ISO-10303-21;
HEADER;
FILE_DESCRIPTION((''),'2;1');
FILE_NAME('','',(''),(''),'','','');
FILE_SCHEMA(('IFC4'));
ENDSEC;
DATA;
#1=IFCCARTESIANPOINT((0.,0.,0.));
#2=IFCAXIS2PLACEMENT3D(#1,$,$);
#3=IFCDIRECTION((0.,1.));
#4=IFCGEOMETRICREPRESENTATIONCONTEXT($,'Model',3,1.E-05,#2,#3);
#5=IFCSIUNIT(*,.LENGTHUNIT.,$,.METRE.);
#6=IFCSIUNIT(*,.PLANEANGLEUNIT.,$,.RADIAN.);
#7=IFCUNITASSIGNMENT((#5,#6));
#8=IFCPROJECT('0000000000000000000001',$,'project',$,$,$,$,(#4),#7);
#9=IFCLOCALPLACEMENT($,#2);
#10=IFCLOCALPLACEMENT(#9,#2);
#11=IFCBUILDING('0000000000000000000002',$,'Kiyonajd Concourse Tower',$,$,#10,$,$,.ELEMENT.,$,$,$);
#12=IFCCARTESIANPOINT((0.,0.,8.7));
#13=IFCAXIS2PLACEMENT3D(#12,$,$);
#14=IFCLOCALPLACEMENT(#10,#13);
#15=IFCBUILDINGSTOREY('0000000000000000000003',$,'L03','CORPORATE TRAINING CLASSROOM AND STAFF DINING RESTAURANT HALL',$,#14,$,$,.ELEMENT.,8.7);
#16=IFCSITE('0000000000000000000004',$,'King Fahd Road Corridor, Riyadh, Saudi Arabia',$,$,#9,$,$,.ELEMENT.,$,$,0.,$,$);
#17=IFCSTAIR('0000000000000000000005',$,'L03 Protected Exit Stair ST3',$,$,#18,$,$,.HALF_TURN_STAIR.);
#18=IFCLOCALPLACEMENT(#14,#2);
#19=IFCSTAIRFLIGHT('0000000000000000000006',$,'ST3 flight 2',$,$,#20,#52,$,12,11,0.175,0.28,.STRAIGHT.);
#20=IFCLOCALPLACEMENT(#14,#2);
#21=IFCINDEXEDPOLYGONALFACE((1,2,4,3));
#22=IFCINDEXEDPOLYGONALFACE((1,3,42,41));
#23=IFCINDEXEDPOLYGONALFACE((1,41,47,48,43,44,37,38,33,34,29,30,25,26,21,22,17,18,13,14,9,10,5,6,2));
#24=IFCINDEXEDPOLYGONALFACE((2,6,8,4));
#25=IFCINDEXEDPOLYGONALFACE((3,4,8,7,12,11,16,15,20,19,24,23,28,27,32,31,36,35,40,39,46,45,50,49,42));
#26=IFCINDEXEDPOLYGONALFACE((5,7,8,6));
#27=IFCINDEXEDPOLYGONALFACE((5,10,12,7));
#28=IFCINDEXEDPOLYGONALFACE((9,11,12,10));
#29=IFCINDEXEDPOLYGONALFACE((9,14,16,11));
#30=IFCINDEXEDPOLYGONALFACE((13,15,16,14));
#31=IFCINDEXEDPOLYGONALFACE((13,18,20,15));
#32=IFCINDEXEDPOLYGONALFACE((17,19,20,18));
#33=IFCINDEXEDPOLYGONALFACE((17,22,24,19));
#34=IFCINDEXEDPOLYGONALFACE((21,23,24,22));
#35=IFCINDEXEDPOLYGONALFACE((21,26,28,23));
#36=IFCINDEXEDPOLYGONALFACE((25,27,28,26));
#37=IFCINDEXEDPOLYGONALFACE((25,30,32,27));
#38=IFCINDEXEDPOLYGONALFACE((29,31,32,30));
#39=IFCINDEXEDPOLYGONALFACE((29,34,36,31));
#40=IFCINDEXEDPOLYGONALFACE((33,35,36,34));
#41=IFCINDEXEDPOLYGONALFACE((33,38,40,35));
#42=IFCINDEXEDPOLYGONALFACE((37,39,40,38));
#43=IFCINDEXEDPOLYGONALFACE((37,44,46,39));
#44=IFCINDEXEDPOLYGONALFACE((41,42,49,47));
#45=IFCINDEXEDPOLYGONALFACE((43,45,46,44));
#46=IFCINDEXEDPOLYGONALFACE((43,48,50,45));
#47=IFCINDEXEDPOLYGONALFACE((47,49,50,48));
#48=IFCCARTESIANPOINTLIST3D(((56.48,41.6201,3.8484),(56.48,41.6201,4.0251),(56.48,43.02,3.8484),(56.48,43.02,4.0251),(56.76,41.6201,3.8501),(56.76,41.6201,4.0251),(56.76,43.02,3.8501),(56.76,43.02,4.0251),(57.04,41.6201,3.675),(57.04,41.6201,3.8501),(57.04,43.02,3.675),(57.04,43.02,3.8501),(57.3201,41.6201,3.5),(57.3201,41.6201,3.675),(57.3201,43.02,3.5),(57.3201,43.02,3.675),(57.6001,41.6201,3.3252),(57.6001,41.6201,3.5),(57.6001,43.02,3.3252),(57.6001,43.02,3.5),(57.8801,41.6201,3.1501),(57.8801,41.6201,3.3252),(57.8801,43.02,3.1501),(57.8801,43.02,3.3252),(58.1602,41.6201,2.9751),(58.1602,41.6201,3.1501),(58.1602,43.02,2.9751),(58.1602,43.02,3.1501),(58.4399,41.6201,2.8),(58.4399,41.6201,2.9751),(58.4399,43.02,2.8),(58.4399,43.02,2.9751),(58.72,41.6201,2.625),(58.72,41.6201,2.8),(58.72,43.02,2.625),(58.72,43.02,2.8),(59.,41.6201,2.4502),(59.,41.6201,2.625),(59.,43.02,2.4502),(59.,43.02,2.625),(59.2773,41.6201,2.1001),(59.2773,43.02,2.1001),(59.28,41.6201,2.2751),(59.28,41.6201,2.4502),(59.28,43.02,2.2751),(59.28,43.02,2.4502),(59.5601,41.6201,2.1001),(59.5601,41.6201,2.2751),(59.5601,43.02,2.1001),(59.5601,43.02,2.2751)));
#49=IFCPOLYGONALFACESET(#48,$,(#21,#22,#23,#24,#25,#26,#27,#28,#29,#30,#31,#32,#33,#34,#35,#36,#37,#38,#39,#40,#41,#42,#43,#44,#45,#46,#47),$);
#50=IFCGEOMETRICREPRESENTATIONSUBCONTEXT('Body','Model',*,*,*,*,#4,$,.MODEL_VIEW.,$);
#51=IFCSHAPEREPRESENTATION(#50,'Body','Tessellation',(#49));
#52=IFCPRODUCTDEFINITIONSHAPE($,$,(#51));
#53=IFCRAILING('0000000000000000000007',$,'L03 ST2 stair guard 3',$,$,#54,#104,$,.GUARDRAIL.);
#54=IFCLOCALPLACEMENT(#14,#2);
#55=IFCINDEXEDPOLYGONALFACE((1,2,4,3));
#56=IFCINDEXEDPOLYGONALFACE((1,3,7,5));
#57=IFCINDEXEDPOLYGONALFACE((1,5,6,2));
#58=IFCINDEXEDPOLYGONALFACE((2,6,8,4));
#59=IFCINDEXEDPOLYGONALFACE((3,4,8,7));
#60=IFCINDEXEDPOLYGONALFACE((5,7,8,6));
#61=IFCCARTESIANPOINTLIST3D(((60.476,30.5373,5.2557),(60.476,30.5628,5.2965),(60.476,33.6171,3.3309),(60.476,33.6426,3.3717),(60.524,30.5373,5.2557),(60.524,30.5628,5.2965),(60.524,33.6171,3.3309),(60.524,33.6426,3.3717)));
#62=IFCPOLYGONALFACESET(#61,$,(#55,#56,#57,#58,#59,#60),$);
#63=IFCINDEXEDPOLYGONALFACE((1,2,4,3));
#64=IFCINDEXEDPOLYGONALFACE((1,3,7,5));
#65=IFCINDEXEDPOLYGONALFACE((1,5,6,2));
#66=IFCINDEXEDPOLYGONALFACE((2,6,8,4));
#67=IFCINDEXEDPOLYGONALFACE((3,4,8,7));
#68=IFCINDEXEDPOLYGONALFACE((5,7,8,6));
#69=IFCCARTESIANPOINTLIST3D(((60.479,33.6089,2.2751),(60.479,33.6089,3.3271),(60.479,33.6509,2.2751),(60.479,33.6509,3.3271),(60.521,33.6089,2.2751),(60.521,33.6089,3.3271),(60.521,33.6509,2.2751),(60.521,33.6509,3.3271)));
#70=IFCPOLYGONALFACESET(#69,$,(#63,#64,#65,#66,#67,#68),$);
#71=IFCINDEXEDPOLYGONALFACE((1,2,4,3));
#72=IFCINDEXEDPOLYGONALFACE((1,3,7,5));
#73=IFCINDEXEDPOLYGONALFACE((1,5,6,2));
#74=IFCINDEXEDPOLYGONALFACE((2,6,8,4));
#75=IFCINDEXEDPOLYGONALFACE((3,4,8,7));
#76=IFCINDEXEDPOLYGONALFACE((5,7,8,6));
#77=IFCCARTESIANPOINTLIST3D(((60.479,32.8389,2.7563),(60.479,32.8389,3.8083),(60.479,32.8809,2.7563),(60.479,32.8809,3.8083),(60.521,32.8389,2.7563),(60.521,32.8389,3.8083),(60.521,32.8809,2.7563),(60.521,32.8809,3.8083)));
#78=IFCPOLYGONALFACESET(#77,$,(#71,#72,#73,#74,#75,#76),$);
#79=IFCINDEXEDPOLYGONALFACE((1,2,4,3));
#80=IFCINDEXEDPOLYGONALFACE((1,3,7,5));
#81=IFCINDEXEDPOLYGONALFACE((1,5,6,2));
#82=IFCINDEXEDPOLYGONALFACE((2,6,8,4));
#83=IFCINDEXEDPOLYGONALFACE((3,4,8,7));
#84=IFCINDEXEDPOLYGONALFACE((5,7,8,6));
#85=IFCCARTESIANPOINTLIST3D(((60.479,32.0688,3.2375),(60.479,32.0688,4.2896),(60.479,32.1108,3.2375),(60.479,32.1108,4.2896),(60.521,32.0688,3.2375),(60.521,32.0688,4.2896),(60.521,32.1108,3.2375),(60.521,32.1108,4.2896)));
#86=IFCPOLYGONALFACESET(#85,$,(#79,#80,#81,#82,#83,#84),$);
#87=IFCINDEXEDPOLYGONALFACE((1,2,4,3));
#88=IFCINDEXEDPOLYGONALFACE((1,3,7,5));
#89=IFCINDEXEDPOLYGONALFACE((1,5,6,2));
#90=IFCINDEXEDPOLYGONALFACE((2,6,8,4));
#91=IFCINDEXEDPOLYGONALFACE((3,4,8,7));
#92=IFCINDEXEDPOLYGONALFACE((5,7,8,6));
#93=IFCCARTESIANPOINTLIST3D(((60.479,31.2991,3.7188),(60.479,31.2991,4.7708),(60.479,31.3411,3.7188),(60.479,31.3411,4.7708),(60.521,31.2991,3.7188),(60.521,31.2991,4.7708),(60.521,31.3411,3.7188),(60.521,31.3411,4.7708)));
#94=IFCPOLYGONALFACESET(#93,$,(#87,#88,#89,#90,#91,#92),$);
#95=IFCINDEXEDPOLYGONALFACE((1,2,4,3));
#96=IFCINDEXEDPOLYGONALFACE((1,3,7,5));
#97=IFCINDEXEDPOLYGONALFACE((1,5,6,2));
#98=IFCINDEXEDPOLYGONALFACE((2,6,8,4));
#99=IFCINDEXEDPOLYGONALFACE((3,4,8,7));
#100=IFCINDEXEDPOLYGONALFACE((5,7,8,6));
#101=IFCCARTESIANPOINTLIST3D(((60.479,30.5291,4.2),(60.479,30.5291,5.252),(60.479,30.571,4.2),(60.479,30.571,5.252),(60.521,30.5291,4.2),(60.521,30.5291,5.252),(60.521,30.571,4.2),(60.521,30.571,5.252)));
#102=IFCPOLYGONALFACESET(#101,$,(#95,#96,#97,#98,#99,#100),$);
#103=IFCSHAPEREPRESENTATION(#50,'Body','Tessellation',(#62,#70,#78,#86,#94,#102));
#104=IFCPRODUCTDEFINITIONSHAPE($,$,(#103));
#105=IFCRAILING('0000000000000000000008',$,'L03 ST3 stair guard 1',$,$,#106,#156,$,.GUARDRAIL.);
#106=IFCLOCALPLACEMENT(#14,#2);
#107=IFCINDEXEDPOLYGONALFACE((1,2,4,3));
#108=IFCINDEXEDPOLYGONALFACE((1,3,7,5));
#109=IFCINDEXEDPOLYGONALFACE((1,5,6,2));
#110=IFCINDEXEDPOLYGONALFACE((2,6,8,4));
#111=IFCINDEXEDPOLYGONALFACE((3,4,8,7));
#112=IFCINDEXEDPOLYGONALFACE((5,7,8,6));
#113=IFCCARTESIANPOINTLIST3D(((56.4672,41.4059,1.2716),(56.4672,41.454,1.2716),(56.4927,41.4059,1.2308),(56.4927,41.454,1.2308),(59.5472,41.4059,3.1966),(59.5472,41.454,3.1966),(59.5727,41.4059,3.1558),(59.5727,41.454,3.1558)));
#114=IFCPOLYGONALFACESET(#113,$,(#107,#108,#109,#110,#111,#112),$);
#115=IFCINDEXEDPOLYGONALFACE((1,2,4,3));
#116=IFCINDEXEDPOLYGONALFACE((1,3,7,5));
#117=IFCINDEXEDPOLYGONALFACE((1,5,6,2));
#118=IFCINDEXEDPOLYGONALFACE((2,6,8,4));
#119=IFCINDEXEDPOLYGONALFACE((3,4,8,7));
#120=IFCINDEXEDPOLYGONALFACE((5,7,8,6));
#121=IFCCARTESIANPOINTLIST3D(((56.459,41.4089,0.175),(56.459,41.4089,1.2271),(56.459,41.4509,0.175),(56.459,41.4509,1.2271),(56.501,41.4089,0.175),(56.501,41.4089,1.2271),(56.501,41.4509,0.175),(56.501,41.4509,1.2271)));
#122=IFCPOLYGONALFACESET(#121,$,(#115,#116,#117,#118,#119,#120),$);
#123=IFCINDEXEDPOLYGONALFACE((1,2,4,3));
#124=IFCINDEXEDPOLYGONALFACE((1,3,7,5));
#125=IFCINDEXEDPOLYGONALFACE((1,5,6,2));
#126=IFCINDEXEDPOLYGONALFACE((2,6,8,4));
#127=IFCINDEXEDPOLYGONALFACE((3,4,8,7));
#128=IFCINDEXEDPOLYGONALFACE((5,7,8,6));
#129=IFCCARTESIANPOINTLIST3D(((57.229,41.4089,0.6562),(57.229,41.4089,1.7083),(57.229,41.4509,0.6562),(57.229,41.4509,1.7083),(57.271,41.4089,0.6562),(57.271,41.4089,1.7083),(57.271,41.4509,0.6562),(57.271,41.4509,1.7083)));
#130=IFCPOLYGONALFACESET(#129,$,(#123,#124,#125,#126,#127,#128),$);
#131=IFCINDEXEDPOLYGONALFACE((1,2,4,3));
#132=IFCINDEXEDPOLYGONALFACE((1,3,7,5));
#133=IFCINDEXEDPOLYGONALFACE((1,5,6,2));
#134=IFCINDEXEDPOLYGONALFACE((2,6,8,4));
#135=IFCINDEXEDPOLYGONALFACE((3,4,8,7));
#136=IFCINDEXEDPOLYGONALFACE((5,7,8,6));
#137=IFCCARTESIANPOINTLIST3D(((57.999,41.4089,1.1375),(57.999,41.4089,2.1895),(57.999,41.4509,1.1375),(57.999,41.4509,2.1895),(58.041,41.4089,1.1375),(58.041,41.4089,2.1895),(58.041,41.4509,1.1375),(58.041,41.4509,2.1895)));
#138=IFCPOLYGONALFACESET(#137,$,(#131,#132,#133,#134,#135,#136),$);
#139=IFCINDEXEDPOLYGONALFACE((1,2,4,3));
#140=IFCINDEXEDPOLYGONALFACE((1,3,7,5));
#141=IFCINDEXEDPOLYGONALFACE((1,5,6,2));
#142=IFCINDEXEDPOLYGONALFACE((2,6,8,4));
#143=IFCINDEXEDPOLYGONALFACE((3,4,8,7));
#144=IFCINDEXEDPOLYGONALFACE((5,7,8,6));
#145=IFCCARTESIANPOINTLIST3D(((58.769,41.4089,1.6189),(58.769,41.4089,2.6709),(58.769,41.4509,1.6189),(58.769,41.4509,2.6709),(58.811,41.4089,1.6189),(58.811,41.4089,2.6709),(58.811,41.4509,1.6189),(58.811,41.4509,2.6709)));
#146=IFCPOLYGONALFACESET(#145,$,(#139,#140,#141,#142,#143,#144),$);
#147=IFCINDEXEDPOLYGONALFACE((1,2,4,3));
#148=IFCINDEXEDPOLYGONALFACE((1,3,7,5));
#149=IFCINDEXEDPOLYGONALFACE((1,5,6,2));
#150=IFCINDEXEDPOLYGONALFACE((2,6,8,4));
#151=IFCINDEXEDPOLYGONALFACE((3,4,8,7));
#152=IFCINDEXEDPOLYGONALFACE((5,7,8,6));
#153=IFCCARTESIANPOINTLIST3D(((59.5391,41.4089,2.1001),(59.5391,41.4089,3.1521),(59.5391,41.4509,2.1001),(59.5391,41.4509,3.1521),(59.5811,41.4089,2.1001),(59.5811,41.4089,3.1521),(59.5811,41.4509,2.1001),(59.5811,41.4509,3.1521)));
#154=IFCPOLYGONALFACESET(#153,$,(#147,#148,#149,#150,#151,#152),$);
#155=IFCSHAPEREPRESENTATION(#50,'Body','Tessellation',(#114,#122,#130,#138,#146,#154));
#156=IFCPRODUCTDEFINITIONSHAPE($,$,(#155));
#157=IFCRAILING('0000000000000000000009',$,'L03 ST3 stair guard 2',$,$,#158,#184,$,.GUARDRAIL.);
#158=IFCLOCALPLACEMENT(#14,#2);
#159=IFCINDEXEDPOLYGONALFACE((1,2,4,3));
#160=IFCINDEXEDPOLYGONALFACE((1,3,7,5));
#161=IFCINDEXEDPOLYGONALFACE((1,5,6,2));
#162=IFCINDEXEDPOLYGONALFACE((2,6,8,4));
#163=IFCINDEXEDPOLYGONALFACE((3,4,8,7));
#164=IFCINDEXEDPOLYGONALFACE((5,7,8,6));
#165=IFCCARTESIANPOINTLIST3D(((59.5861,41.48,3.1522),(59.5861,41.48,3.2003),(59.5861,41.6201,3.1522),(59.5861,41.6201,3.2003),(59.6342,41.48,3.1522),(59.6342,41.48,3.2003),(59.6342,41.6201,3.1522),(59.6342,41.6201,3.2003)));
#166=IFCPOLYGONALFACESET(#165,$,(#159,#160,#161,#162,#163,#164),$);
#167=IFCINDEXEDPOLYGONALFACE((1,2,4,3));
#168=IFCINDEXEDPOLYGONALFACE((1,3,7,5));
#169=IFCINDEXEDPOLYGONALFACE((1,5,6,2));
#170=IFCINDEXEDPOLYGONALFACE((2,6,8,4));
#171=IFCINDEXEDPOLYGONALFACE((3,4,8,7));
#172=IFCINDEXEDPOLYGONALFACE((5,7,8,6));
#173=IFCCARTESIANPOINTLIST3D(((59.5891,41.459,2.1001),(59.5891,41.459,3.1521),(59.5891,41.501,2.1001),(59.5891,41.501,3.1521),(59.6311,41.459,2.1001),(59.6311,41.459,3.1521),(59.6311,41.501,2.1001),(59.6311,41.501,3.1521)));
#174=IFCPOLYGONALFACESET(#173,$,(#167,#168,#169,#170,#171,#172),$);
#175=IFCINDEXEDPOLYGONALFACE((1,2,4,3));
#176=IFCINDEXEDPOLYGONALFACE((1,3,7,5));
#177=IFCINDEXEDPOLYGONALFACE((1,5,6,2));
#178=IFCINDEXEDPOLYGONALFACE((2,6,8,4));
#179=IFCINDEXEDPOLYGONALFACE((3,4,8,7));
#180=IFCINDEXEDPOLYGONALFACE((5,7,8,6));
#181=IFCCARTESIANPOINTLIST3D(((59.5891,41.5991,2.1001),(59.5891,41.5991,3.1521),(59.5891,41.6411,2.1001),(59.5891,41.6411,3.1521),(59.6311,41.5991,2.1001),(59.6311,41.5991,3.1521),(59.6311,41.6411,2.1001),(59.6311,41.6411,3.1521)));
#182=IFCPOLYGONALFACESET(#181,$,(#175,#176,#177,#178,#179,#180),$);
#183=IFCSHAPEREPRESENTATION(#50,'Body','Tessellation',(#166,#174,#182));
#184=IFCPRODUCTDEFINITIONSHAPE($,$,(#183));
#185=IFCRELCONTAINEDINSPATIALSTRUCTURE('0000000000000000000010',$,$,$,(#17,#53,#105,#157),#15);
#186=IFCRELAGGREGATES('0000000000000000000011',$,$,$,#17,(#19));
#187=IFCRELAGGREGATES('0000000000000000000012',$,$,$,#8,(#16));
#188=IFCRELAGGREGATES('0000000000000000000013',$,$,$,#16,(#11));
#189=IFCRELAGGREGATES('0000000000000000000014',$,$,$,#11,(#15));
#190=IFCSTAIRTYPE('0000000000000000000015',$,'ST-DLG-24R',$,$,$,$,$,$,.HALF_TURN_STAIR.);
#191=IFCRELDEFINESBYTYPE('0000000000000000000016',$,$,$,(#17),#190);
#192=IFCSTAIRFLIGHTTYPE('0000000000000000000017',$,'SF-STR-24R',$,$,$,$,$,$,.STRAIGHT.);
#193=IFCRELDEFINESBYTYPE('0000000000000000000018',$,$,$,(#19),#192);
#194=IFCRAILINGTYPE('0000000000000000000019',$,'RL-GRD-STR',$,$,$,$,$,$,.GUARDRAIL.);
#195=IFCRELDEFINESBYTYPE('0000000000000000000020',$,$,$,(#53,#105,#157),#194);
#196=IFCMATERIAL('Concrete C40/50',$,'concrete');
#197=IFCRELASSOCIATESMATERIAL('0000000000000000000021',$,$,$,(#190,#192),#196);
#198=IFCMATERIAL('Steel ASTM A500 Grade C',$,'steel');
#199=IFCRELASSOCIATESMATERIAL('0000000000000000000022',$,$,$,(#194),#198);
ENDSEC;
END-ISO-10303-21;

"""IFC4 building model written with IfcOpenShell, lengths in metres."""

from ifc_helpers import new_model, si_unit, direction, frame, origin, origin_2d, place, context, subcontext, project, spatial, polyline, rectangle, outline, extrude, material, type_object, element, aggregate, save


model = new_model("IFC4")

# Units and contexts
model_context = context("Model", 3, precision=1e-05, world=origin(), true_north=direction((0.0, 1.0)))
body_context = subcontext(model_context, "Body", "Model", "MODEL_VIEW")
ifc_project = project(units=[si_unit("LENGTHUNIT", "METRE"), si_unit("PLANEANGLEUNIT", "RADIAN")], contexts=[model_context])

# Site, building, storey
site_placement = place(None, origin())
site = spatial("IfcSite", under=ifc_project, at=site_placement, Name="King Fahd Road Corridor, Riyadh, Saudi Arabia", CompositionType="ELEMENT", RefElevation=0.0)
building_placement = place(site_placement, origin())
building = spatial("IfcBuilding", under=site, at=building_placement, Name="Kiyonajd Concourse Tower", CompositionType="ELEMENT")
storey_placement = place(building_placement, frame((0.0, 0.0, 8.7)))
storey = spatial("IfcBuildingStorey", under=building, at=storey_placement, Name="L03", Description="CORPORATE TRAINING CLASSROOM AND STAFF DINING RESTAURANT HALL", CompositionType="ELEMENT", Elevation=8.7)

# Shared definitions
ifc_material_1 = material(Name="Concrete C40/50", Category="concrete")
stair_type = type_object("IfcStairType", Name="ST-DLG-24R", PredefinedType="HALF_TURN_STAIR", material=ifc_material_1)
stair_flight_type = type_object("IfcStairFlightType", Name="SF-STR-24R", PredefinedType="STRAIGHT", material=ifc_material_1)

# Stair, stair flight
stair_1_placement = place(storey_placement, origin())
stair_1 = element("IfcStair", 1, at=stair_1_placement, inside=storey, type_object=stair_type, Name="L03 Protected Exit Stair ST3", PredefinedType="HALF_TURN_STAIR")
stair_flight_1_placement = place(storey_placement, frame((59.5601, 42.3201, 2.1001), z_axis=(0.0, 0.0, 1.0), x_axis=(-1.0, 0.0, 0.0)))
stair_flight_1 = element("IfcStairFlight", 2, at=stair_flight_1_placement, type_object=stair_flight_type, Name="ST3 flight 2", NumberOfRisers=12, NumberOfTreads=11, PredefinedType="STRAIGHT", RiserHeight=0.175, TreadLength=0.28, context=body_context, shape_type="SweptSolid", body=[
    extrude(outline(polyline([(0.0, 0.0), (0.0, 0.175), (0.28, 0.175), (0.28, 0.3501), (0.5601, 0.3501), (0.5601, 0.5249), (0.8401, 0.5249), (0.8401, 0.7), (1.1201, 0.7), (1.1201, 0.875), (1.3999, 0.875), (1.3999, 1.05), (1.6799, 1.05), (1.6799, 1.2251), (1.96, 1.2251), (1.96, 1.3999), (2.24, 1.3999), (2.24, 1.575), (2.52, 1.575), (2.52, 1.75), (2.8, 1.75), (2.8, 1.925), (3.0801, 1.925), (3.0801, 2.1001), (3.0801, 1.7483), (0.2827, 0.0), (0.0, 0.0)])), frame((0.0, 0.7, 0.0), z_axis=(0.0, -1.0, 0.0), x_axis=(1.0, 0.0, 0.0)), (0.0, 0.0, 1.0), 1.3999),
])
aggregate(stair_1, [stair_flight_1])

# Railings
ifc_material_2 = material(Name="Steel ASTM A500 Grade C", Category="steel")
railing_type_1 = type_object("IfcRailingType", Name="RL-GRD-STR", PredefinedType="GUARDRAIL", material=ifc_material_2)
railing_1_placement = place(storey_placement, frame((60.5, 33.6299, 2.2751)))
element("IfcRailing", 3, at=railing_1_placement, inside=storey, type_object=railing_type_1, Name="L03 ST2 stair guard 3", PredefinedType="GUARDRAIL", context=body_context, shape_type="SweptSolid", body=[
    extrude(rectangle(XDim=0.0481, YDim=0.0481, at=origin_2d()), frame((0.0, 0.0, 1.0762), z_axis=(0.0, -0.84801, 0.529981), x_axis=(1.0, 0.0, 0.0)), (0.0, 0.0, 1.0), 3.6318),
    extrude(rectangle(XDim=0.042, YDim=0.042, at=origin_2d()), origin(), (0.0, 0.0, 1.0), 1.052),
    extrude(rectangle(XDim=0.042, YDim=0.042, at=origin_2d()), frame((0.0, -0.77, 0.4812)), (0.0, 0.0, 1.0), 1.052),
    extrude(rectangle(XDim=0.042, YDim=0.042, at=origin_2d()), frame((0.0, -1.54, 0.9624)), (0.0, 0.0, 1.0), 1.052),
    extrude(rectangle(XDim=0.042, YDim=0.042, at=origin_2d()), frame((0.0, -2.3098, 1.4436)), (0.0, 0.0, 1.0), 1.052),
    extrude(rectangle(XDim=0.042, YDim=0.042, at=origin_2d()), frame((0.0, -3.0798, 1.9248)), (0.0, 0.0, 1.0), 1.052),
])
railing_2_placement = place(storey_placement, frame((56.48, 41.4299, 0.175)))
element("IfcRailing", 4, at=railing_2_placement, inside=storey, type_object=railing_type_1, Name="L03 ST3 stair guard 1", PredefinedType="GUARDRAIL", context=body_context, shape_type="SweptSolid", body=[
    extrude(rectangle(XDim=0.0481, YDim=0.0481, at=origin_2d()), frame((0.0, 0.0, 1.0762), z_axis=(0.847998, 0.0, 0.529999), x_axis=(0.0, 1.0, 0.0)), (0.0, 0.0, 1.0), 3.6321),
    extrude(rectangle(XDim=0.042, YDim=0.042, at=origin_2d()), origin(), (0.0, 0.0, 1.0), 1.052),
    extrude(rectangle(XDim=0.042, YDim=0.042, at=origin_2d()), frame((0.77, 0.0, 0.4812)), (0.0, 0.0, 1.0), 1.052),
    extrude(rectangle(XDim=0.042, YDim=0.042, at=origin_2d()), frame((1.54, 0.0, 0.9624)), (0.0, 0.0, 1.0), 1.052),
    extrude(rectangle(XDim=0.042, YDim=0.042, at=origin_2d()), frame((2.3101, 0.0, 1.4438)), (0.0, 0.0, 1.0), 1.052),
    extrude(rectangle(XDim=0.042, YDim=0.042, at=origin_2d()), frame((3.0801, 0.0, 1.925)), (0.0, 0.0, 1.0), 1.052),
])
railing_3_placement = place(storey_placement, frame((59.6101, 41.48, 2.1001)))
element("IfcRailing", 5, at=railing_3_placement, inside=storey, type_object=railing_type_1, Name="L03 ST3 stair guard 2", PredefinedType="GUARDRAIL", context=body_context, shape_type="SweptSolid", body=[
    extrude(rectangle(XDim=0.0481, YDim=0.0481, at=origin_2d()), frame((0.0, 0.0, 1.0762), z_axis=(0.0, 1.0, 0.0), x_axis=(-1.0, 0.0, 0.0)), (0.0, 0.0, 1.0), 0.1401),
    extrude(rectangle(XDim=0.042, YDim=0.042, at=origin_2d()), origin(), (0.0, 0.0, 1.0), 1.052),
    extrude(rectangle(XDim=0.042, YDim=0.042, at=origin_2d()), frame((0.0, 0.1401, 0.0)), (0.0, 0.0, 1.0), 1.052),
])

save(model, "model.ifc")
